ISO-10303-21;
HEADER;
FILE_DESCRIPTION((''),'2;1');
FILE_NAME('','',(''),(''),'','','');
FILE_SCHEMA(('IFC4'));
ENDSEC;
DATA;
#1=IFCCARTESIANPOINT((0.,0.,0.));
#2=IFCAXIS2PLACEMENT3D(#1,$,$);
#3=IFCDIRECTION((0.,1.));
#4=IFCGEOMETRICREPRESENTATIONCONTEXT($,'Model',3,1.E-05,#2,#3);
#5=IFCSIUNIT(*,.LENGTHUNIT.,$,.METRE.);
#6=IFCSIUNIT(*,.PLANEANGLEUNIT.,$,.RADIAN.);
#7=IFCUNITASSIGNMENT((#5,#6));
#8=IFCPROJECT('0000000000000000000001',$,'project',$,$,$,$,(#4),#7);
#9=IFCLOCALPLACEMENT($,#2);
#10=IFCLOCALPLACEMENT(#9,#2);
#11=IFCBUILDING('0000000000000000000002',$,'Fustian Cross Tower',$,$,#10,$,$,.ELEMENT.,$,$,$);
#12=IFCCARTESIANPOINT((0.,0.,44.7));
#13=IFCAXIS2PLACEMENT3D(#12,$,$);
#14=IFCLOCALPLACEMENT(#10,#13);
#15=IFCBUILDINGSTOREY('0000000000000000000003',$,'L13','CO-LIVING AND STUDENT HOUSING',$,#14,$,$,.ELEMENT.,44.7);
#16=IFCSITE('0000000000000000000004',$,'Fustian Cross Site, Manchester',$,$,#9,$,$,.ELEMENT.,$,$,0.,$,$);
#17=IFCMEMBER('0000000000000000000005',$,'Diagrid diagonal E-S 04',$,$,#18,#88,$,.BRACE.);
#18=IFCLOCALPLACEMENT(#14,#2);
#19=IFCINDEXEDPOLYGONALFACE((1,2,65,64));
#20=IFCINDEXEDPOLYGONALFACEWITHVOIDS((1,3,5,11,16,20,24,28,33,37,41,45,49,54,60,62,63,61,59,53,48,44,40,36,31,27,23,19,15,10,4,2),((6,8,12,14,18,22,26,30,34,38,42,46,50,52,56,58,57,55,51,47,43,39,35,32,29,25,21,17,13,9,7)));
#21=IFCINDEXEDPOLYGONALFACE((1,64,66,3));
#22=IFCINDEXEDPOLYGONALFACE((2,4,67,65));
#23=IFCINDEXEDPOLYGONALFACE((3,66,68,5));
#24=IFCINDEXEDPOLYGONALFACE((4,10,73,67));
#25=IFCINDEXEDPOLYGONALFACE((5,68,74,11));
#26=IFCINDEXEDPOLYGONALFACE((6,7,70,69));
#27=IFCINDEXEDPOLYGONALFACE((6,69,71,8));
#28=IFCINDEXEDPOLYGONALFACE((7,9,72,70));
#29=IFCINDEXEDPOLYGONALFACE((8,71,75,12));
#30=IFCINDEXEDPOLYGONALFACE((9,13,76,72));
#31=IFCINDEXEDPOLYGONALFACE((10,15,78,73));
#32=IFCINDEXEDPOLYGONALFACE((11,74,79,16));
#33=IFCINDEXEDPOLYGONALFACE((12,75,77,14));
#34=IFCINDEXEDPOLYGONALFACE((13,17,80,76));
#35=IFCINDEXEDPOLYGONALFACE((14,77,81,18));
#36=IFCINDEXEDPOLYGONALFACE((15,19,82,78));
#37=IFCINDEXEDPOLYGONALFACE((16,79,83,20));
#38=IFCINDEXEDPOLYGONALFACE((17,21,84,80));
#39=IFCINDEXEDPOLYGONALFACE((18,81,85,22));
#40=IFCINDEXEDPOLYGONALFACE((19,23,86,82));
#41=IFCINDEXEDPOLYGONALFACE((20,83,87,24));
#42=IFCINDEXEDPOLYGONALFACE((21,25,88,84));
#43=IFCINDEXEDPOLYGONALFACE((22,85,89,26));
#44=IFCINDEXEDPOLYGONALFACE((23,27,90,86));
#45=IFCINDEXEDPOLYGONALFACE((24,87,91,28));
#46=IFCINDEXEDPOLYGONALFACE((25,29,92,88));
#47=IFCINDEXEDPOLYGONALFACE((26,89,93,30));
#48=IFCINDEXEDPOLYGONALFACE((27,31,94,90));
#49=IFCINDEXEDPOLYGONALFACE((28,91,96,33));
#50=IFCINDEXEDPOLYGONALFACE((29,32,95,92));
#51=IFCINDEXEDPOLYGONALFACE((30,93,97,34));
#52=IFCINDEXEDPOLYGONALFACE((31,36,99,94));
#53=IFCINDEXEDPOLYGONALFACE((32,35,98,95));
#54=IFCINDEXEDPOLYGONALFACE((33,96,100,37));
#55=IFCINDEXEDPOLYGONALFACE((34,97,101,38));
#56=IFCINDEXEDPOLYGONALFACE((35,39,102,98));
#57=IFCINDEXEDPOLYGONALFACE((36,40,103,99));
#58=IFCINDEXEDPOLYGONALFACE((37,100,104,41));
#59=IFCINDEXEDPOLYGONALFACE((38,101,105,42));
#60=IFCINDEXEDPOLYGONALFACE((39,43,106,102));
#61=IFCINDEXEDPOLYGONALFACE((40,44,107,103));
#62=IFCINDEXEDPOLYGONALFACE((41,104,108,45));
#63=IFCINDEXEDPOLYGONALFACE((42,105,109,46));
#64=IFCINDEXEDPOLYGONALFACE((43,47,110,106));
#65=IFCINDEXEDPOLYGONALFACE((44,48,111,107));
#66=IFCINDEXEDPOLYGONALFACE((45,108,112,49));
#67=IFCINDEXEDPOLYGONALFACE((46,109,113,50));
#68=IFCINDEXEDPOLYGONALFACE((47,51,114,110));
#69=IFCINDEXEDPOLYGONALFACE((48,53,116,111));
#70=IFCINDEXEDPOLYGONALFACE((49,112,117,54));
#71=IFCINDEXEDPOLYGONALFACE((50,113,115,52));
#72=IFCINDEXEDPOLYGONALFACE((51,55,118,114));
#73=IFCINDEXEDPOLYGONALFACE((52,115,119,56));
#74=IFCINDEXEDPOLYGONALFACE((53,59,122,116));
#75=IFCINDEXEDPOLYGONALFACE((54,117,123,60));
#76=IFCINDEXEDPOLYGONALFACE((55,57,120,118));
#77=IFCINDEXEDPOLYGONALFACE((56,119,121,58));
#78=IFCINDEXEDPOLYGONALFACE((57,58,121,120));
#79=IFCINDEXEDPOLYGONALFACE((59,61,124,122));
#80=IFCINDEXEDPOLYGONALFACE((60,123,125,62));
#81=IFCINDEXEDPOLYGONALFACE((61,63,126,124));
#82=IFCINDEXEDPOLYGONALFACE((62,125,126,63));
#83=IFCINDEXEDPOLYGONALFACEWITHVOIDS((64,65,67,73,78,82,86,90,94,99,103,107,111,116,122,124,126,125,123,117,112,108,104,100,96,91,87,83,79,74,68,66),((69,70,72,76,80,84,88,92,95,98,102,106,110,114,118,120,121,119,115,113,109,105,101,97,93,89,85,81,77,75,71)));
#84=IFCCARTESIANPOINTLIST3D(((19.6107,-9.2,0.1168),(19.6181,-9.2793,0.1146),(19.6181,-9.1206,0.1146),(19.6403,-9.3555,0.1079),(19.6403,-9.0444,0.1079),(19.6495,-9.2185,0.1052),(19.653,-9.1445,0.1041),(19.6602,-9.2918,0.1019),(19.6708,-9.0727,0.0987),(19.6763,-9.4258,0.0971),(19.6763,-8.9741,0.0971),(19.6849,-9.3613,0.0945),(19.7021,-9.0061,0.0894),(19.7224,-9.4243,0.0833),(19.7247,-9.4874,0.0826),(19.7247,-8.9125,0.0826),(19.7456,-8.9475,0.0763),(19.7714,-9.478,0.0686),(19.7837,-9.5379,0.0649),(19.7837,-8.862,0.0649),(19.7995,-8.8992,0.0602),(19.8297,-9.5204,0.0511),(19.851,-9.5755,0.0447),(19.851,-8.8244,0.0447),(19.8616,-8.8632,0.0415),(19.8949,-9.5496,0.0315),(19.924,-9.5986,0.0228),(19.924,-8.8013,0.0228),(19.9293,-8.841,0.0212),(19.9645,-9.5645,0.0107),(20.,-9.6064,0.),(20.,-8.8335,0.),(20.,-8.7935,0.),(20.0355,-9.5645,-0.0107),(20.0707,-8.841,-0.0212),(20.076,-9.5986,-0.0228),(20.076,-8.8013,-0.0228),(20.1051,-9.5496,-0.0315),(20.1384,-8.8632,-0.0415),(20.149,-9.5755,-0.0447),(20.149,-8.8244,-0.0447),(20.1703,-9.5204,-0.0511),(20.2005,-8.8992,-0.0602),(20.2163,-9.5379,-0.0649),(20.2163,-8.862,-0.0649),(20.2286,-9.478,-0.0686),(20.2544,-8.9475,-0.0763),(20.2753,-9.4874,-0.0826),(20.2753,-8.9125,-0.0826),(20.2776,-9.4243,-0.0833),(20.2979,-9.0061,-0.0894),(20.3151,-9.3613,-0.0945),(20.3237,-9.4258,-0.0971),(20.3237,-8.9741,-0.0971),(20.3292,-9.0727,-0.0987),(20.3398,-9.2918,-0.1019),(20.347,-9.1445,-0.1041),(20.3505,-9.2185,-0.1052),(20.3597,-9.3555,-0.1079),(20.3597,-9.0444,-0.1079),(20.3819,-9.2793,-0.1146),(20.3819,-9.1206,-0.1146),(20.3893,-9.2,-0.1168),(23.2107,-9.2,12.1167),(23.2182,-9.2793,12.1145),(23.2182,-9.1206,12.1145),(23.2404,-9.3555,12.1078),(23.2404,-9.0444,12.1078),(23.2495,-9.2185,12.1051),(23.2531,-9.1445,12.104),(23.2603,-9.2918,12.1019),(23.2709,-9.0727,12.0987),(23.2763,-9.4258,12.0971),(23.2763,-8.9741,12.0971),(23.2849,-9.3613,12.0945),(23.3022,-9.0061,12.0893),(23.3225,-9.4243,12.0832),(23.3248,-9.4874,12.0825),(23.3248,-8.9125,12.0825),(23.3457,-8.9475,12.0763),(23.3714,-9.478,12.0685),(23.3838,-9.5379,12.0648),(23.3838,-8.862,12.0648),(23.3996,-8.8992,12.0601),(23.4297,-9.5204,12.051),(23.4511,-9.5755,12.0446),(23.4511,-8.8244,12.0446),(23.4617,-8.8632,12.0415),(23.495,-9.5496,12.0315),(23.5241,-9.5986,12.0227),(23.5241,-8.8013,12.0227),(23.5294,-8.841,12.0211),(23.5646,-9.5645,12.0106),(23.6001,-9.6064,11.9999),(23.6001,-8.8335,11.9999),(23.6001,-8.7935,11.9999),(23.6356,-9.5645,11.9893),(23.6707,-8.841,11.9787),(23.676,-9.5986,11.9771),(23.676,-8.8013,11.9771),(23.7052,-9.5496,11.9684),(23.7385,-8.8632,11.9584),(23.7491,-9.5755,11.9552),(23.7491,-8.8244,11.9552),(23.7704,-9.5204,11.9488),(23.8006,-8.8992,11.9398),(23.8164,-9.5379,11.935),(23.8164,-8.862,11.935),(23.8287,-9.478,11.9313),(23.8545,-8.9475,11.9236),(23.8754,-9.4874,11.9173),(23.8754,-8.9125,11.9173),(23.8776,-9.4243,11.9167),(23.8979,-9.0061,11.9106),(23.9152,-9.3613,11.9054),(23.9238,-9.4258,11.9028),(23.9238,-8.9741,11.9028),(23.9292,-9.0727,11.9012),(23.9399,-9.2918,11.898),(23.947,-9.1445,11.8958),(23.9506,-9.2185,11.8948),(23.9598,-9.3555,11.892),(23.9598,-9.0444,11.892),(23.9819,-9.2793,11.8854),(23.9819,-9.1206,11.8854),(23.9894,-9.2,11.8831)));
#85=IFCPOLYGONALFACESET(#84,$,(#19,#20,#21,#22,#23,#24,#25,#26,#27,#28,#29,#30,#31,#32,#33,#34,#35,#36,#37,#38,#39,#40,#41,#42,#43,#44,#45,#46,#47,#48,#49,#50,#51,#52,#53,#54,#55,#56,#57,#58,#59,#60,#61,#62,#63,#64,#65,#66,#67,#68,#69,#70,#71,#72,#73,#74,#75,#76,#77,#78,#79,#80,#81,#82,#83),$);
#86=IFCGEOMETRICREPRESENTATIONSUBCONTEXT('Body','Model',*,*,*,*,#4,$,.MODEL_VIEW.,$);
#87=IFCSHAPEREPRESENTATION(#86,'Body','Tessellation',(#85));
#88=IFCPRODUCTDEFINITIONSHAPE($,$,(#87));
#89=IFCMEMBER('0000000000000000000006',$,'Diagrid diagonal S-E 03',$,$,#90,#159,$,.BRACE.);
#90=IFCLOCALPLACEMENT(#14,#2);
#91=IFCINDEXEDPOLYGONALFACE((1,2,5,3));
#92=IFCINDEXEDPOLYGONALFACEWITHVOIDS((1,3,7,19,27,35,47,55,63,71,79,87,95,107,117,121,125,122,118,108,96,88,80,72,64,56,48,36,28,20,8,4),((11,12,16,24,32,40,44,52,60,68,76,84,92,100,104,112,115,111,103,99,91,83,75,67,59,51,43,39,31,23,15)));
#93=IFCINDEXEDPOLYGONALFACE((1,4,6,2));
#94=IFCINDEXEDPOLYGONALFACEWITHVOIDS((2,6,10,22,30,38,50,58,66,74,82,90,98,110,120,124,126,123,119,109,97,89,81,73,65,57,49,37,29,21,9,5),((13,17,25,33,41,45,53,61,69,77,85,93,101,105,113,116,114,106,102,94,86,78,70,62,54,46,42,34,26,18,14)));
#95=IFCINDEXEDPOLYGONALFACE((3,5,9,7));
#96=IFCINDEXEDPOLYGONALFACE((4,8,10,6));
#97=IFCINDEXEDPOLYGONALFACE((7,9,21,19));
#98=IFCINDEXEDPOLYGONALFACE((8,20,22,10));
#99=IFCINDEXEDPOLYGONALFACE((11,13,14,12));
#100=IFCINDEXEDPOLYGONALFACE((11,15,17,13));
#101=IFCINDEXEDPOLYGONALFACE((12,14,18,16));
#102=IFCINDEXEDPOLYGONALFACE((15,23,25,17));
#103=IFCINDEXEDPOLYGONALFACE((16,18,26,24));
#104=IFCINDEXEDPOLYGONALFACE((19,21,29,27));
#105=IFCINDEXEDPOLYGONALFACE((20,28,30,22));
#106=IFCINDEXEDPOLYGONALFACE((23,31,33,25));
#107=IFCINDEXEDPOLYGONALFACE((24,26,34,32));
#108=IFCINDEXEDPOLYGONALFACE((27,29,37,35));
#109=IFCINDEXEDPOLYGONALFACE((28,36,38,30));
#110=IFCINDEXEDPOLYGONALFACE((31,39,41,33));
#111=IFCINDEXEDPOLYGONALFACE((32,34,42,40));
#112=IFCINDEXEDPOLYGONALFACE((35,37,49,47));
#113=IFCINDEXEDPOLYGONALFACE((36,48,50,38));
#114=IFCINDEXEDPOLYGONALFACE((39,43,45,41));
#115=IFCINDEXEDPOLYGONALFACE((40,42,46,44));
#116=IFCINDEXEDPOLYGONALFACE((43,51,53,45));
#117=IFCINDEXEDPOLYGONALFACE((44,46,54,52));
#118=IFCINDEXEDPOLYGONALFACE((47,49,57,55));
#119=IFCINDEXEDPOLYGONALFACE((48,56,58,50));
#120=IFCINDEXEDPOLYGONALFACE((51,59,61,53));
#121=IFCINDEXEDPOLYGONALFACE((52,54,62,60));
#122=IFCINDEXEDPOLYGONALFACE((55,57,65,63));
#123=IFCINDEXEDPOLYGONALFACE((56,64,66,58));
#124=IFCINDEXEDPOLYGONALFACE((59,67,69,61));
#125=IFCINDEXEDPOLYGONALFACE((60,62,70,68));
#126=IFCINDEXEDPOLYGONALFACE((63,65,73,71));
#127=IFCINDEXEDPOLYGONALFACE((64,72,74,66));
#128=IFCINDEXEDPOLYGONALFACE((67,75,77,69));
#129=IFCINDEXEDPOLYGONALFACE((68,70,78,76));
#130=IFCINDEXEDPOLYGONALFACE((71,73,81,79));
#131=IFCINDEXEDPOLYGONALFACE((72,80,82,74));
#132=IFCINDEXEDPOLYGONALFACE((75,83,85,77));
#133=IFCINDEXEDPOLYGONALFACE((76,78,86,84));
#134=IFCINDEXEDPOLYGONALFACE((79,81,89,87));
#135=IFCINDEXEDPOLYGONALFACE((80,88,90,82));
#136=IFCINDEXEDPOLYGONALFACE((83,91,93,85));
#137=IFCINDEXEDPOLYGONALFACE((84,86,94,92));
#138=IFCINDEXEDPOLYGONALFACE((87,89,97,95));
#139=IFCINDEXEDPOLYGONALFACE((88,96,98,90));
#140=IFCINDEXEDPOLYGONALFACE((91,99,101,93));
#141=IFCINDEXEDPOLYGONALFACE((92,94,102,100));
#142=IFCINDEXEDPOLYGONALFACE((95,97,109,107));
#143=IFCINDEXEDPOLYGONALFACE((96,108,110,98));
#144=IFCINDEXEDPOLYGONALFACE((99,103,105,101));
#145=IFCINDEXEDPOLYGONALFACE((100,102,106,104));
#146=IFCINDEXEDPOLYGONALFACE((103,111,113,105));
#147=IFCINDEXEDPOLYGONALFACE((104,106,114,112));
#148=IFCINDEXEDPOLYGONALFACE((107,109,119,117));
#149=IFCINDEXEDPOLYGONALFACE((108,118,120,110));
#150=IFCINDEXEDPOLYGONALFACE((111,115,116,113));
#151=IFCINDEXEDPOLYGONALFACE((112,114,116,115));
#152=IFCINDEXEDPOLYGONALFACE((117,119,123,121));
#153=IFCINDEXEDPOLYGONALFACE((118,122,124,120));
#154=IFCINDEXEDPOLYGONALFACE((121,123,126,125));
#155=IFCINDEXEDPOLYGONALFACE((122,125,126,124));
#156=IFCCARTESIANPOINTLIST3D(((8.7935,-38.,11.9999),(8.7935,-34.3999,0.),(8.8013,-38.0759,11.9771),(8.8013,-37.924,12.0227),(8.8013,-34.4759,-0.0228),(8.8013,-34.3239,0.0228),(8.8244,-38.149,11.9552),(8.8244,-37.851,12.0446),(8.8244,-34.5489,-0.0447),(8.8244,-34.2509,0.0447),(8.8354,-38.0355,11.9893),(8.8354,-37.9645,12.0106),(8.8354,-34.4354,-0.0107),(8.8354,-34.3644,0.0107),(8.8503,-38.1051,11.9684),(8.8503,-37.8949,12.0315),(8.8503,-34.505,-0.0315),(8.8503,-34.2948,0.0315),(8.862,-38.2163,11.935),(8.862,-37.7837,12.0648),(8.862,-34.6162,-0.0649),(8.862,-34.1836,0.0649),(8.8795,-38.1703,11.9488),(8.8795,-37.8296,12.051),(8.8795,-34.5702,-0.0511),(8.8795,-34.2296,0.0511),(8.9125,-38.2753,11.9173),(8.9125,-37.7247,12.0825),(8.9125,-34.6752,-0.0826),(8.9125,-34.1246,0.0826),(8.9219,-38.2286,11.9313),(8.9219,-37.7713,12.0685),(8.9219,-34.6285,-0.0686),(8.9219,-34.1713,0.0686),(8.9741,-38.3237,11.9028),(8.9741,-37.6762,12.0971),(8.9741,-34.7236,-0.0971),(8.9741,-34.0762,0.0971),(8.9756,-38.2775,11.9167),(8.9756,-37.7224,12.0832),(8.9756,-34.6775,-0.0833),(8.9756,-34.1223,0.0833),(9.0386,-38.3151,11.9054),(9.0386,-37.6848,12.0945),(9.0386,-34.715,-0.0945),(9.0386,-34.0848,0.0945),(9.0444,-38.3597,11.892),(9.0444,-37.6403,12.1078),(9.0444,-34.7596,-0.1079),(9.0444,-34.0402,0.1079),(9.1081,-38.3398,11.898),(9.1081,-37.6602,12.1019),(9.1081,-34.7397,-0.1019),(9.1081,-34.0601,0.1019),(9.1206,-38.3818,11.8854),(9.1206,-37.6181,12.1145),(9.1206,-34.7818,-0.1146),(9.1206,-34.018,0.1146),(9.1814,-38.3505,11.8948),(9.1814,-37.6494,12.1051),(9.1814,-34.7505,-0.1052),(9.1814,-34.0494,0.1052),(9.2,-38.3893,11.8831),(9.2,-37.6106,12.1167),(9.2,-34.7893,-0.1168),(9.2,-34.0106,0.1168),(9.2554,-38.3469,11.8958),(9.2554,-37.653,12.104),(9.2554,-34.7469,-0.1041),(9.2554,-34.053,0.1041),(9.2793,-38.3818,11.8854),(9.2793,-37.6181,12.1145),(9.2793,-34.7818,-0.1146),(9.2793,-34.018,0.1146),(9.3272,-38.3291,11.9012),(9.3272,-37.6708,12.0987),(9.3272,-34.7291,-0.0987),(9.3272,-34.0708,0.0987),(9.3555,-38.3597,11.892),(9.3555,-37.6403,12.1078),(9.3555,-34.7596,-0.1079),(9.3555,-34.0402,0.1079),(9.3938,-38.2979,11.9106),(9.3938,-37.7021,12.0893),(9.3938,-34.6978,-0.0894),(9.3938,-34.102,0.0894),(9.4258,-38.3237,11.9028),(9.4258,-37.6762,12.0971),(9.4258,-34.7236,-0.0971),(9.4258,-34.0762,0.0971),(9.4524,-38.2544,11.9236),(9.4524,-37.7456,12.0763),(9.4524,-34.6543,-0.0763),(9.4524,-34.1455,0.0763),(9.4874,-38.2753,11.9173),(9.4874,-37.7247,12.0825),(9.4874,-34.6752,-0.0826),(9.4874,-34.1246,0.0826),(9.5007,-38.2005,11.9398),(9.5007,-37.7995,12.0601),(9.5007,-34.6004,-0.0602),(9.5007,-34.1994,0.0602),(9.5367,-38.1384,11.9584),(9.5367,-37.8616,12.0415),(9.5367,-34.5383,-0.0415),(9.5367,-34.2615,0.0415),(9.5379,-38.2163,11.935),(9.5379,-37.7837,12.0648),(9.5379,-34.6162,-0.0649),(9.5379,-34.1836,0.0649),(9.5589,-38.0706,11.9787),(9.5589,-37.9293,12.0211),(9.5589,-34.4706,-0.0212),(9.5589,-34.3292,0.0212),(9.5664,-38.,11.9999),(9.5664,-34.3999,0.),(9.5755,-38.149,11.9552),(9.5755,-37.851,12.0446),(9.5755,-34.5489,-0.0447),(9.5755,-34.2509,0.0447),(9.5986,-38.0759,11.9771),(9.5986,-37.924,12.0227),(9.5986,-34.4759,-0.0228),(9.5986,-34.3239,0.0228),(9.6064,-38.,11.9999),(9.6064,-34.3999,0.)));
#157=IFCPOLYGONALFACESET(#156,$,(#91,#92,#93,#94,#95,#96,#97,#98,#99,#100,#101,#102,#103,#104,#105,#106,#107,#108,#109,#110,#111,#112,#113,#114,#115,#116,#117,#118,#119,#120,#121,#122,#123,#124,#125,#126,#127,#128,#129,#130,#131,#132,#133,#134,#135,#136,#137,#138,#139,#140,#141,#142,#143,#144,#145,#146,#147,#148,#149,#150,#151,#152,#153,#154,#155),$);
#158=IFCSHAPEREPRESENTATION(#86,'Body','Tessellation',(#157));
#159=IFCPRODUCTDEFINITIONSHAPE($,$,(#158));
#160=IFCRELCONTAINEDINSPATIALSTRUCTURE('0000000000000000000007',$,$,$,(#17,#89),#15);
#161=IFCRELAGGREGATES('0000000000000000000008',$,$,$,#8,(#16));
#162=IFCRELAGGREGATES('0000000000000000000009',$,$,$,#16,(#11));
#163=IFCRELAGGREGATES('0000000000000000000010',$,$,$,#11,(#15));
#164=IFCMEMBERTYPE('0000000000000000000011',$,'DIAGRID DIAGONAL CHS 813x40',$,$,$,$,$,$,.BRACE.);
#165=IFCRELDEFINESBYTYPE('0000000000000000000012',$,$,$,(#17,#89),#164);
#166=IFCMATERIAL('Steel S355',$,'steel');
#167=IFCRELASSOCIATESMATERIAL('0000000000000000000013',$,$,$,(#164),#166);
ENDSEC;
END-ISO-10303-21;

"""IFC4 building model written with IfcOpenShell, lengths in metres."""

from ifc_helpers import new_model, si_unit, direction, frame, origin, origin_2d, place, context, subcontext, project, spatial, hollow_circle, extrude, material, material_profile, profile_set, type_object, element, save


model = new_model("IFC4")

# Units and contexts
model_context = context("Model", 3, precision=1e-05, world=origin(), true_north=direction((0.0, 1.0)))
body_context = subcontext(model_context, "Body", "Model", "MODEL_VIEW")
ifc_project = project(units=[si_unit("LENGTHUNIT", "METRE"), si_unit("PLANEANGLEUNIT", "RADIAN")], contexts=[model_context])

# Site, building, storey
site_placement = place(None, origin())
site = spatial("IfcSite", under=ifc_project, at=site_placement, Name="Fustian Cross Site, Manchester", CompositionType="ELEMENT", RefElevation=0.0)
building_placement = place(site_placement, origin())
building = spatial("IfcBuilding", under=site, at=building_placement, Name="Fustian Cross Tower", CompositionType="ELEMENT")
storey_placement = place(building_placement, frame((0.0, 0.0, 44.7)))
storey = spatial("IfcBuildingStorey", under=building, at=storey_placement, Name="L13", Description="CO-LIVING AND STUDENT HOUSING", CompositionType="ELEMENT", Elevation=44.7)

# Members
ifc_material_1 = material(Name="Steel S355", Category="steel")
ifc_material_profile_1 = material_profile(ifc_material_1, hollow_circle(Radius=0.4065, WallThickness=0.04, at=origin_2d()), Name="CHS 813x40")
ifc_profile_set_1 = profile_set([ifc_material_profile_1], Name="Steel S355")
member_type_1 = type_object("IfcMemberType", Name="DIAGRID DIAGONAL CHS 813x40", PredefinedType="BRACE", material=ifc_profile_set_1)
for number, where, z_axis, x_axis, name in (
    (1, (20.0, -9.2, 0.0), (0.287355, 0.0, 0.957824), (0.0, 1.0, 0.0), "Diagrid diagonal E-S 04"),
    (2, (9.2, -34.3999, 0.0), (0.0, -0.287355, 0.957824), (1.0, 0.0, 0.0), "Diagrid diagonal S-E 03"),
):
    element("IfcMember", number, at=place(storey_placement, frame(where, z_axis=z_axis, x_axis=x_axis)), inside=storey, type_object=member_type_1, Name=name, PredefinedType="BRACE", context=body_context, shape_type="SweptSolid", body=[
        extrude(hollow_circle(Radius=0.4065, WallThickness=0.04, at=origin_2d()), origin(), (0.0, 0.0, 1.0), 12.5283),
    ])

save(model, "model.ifc")
